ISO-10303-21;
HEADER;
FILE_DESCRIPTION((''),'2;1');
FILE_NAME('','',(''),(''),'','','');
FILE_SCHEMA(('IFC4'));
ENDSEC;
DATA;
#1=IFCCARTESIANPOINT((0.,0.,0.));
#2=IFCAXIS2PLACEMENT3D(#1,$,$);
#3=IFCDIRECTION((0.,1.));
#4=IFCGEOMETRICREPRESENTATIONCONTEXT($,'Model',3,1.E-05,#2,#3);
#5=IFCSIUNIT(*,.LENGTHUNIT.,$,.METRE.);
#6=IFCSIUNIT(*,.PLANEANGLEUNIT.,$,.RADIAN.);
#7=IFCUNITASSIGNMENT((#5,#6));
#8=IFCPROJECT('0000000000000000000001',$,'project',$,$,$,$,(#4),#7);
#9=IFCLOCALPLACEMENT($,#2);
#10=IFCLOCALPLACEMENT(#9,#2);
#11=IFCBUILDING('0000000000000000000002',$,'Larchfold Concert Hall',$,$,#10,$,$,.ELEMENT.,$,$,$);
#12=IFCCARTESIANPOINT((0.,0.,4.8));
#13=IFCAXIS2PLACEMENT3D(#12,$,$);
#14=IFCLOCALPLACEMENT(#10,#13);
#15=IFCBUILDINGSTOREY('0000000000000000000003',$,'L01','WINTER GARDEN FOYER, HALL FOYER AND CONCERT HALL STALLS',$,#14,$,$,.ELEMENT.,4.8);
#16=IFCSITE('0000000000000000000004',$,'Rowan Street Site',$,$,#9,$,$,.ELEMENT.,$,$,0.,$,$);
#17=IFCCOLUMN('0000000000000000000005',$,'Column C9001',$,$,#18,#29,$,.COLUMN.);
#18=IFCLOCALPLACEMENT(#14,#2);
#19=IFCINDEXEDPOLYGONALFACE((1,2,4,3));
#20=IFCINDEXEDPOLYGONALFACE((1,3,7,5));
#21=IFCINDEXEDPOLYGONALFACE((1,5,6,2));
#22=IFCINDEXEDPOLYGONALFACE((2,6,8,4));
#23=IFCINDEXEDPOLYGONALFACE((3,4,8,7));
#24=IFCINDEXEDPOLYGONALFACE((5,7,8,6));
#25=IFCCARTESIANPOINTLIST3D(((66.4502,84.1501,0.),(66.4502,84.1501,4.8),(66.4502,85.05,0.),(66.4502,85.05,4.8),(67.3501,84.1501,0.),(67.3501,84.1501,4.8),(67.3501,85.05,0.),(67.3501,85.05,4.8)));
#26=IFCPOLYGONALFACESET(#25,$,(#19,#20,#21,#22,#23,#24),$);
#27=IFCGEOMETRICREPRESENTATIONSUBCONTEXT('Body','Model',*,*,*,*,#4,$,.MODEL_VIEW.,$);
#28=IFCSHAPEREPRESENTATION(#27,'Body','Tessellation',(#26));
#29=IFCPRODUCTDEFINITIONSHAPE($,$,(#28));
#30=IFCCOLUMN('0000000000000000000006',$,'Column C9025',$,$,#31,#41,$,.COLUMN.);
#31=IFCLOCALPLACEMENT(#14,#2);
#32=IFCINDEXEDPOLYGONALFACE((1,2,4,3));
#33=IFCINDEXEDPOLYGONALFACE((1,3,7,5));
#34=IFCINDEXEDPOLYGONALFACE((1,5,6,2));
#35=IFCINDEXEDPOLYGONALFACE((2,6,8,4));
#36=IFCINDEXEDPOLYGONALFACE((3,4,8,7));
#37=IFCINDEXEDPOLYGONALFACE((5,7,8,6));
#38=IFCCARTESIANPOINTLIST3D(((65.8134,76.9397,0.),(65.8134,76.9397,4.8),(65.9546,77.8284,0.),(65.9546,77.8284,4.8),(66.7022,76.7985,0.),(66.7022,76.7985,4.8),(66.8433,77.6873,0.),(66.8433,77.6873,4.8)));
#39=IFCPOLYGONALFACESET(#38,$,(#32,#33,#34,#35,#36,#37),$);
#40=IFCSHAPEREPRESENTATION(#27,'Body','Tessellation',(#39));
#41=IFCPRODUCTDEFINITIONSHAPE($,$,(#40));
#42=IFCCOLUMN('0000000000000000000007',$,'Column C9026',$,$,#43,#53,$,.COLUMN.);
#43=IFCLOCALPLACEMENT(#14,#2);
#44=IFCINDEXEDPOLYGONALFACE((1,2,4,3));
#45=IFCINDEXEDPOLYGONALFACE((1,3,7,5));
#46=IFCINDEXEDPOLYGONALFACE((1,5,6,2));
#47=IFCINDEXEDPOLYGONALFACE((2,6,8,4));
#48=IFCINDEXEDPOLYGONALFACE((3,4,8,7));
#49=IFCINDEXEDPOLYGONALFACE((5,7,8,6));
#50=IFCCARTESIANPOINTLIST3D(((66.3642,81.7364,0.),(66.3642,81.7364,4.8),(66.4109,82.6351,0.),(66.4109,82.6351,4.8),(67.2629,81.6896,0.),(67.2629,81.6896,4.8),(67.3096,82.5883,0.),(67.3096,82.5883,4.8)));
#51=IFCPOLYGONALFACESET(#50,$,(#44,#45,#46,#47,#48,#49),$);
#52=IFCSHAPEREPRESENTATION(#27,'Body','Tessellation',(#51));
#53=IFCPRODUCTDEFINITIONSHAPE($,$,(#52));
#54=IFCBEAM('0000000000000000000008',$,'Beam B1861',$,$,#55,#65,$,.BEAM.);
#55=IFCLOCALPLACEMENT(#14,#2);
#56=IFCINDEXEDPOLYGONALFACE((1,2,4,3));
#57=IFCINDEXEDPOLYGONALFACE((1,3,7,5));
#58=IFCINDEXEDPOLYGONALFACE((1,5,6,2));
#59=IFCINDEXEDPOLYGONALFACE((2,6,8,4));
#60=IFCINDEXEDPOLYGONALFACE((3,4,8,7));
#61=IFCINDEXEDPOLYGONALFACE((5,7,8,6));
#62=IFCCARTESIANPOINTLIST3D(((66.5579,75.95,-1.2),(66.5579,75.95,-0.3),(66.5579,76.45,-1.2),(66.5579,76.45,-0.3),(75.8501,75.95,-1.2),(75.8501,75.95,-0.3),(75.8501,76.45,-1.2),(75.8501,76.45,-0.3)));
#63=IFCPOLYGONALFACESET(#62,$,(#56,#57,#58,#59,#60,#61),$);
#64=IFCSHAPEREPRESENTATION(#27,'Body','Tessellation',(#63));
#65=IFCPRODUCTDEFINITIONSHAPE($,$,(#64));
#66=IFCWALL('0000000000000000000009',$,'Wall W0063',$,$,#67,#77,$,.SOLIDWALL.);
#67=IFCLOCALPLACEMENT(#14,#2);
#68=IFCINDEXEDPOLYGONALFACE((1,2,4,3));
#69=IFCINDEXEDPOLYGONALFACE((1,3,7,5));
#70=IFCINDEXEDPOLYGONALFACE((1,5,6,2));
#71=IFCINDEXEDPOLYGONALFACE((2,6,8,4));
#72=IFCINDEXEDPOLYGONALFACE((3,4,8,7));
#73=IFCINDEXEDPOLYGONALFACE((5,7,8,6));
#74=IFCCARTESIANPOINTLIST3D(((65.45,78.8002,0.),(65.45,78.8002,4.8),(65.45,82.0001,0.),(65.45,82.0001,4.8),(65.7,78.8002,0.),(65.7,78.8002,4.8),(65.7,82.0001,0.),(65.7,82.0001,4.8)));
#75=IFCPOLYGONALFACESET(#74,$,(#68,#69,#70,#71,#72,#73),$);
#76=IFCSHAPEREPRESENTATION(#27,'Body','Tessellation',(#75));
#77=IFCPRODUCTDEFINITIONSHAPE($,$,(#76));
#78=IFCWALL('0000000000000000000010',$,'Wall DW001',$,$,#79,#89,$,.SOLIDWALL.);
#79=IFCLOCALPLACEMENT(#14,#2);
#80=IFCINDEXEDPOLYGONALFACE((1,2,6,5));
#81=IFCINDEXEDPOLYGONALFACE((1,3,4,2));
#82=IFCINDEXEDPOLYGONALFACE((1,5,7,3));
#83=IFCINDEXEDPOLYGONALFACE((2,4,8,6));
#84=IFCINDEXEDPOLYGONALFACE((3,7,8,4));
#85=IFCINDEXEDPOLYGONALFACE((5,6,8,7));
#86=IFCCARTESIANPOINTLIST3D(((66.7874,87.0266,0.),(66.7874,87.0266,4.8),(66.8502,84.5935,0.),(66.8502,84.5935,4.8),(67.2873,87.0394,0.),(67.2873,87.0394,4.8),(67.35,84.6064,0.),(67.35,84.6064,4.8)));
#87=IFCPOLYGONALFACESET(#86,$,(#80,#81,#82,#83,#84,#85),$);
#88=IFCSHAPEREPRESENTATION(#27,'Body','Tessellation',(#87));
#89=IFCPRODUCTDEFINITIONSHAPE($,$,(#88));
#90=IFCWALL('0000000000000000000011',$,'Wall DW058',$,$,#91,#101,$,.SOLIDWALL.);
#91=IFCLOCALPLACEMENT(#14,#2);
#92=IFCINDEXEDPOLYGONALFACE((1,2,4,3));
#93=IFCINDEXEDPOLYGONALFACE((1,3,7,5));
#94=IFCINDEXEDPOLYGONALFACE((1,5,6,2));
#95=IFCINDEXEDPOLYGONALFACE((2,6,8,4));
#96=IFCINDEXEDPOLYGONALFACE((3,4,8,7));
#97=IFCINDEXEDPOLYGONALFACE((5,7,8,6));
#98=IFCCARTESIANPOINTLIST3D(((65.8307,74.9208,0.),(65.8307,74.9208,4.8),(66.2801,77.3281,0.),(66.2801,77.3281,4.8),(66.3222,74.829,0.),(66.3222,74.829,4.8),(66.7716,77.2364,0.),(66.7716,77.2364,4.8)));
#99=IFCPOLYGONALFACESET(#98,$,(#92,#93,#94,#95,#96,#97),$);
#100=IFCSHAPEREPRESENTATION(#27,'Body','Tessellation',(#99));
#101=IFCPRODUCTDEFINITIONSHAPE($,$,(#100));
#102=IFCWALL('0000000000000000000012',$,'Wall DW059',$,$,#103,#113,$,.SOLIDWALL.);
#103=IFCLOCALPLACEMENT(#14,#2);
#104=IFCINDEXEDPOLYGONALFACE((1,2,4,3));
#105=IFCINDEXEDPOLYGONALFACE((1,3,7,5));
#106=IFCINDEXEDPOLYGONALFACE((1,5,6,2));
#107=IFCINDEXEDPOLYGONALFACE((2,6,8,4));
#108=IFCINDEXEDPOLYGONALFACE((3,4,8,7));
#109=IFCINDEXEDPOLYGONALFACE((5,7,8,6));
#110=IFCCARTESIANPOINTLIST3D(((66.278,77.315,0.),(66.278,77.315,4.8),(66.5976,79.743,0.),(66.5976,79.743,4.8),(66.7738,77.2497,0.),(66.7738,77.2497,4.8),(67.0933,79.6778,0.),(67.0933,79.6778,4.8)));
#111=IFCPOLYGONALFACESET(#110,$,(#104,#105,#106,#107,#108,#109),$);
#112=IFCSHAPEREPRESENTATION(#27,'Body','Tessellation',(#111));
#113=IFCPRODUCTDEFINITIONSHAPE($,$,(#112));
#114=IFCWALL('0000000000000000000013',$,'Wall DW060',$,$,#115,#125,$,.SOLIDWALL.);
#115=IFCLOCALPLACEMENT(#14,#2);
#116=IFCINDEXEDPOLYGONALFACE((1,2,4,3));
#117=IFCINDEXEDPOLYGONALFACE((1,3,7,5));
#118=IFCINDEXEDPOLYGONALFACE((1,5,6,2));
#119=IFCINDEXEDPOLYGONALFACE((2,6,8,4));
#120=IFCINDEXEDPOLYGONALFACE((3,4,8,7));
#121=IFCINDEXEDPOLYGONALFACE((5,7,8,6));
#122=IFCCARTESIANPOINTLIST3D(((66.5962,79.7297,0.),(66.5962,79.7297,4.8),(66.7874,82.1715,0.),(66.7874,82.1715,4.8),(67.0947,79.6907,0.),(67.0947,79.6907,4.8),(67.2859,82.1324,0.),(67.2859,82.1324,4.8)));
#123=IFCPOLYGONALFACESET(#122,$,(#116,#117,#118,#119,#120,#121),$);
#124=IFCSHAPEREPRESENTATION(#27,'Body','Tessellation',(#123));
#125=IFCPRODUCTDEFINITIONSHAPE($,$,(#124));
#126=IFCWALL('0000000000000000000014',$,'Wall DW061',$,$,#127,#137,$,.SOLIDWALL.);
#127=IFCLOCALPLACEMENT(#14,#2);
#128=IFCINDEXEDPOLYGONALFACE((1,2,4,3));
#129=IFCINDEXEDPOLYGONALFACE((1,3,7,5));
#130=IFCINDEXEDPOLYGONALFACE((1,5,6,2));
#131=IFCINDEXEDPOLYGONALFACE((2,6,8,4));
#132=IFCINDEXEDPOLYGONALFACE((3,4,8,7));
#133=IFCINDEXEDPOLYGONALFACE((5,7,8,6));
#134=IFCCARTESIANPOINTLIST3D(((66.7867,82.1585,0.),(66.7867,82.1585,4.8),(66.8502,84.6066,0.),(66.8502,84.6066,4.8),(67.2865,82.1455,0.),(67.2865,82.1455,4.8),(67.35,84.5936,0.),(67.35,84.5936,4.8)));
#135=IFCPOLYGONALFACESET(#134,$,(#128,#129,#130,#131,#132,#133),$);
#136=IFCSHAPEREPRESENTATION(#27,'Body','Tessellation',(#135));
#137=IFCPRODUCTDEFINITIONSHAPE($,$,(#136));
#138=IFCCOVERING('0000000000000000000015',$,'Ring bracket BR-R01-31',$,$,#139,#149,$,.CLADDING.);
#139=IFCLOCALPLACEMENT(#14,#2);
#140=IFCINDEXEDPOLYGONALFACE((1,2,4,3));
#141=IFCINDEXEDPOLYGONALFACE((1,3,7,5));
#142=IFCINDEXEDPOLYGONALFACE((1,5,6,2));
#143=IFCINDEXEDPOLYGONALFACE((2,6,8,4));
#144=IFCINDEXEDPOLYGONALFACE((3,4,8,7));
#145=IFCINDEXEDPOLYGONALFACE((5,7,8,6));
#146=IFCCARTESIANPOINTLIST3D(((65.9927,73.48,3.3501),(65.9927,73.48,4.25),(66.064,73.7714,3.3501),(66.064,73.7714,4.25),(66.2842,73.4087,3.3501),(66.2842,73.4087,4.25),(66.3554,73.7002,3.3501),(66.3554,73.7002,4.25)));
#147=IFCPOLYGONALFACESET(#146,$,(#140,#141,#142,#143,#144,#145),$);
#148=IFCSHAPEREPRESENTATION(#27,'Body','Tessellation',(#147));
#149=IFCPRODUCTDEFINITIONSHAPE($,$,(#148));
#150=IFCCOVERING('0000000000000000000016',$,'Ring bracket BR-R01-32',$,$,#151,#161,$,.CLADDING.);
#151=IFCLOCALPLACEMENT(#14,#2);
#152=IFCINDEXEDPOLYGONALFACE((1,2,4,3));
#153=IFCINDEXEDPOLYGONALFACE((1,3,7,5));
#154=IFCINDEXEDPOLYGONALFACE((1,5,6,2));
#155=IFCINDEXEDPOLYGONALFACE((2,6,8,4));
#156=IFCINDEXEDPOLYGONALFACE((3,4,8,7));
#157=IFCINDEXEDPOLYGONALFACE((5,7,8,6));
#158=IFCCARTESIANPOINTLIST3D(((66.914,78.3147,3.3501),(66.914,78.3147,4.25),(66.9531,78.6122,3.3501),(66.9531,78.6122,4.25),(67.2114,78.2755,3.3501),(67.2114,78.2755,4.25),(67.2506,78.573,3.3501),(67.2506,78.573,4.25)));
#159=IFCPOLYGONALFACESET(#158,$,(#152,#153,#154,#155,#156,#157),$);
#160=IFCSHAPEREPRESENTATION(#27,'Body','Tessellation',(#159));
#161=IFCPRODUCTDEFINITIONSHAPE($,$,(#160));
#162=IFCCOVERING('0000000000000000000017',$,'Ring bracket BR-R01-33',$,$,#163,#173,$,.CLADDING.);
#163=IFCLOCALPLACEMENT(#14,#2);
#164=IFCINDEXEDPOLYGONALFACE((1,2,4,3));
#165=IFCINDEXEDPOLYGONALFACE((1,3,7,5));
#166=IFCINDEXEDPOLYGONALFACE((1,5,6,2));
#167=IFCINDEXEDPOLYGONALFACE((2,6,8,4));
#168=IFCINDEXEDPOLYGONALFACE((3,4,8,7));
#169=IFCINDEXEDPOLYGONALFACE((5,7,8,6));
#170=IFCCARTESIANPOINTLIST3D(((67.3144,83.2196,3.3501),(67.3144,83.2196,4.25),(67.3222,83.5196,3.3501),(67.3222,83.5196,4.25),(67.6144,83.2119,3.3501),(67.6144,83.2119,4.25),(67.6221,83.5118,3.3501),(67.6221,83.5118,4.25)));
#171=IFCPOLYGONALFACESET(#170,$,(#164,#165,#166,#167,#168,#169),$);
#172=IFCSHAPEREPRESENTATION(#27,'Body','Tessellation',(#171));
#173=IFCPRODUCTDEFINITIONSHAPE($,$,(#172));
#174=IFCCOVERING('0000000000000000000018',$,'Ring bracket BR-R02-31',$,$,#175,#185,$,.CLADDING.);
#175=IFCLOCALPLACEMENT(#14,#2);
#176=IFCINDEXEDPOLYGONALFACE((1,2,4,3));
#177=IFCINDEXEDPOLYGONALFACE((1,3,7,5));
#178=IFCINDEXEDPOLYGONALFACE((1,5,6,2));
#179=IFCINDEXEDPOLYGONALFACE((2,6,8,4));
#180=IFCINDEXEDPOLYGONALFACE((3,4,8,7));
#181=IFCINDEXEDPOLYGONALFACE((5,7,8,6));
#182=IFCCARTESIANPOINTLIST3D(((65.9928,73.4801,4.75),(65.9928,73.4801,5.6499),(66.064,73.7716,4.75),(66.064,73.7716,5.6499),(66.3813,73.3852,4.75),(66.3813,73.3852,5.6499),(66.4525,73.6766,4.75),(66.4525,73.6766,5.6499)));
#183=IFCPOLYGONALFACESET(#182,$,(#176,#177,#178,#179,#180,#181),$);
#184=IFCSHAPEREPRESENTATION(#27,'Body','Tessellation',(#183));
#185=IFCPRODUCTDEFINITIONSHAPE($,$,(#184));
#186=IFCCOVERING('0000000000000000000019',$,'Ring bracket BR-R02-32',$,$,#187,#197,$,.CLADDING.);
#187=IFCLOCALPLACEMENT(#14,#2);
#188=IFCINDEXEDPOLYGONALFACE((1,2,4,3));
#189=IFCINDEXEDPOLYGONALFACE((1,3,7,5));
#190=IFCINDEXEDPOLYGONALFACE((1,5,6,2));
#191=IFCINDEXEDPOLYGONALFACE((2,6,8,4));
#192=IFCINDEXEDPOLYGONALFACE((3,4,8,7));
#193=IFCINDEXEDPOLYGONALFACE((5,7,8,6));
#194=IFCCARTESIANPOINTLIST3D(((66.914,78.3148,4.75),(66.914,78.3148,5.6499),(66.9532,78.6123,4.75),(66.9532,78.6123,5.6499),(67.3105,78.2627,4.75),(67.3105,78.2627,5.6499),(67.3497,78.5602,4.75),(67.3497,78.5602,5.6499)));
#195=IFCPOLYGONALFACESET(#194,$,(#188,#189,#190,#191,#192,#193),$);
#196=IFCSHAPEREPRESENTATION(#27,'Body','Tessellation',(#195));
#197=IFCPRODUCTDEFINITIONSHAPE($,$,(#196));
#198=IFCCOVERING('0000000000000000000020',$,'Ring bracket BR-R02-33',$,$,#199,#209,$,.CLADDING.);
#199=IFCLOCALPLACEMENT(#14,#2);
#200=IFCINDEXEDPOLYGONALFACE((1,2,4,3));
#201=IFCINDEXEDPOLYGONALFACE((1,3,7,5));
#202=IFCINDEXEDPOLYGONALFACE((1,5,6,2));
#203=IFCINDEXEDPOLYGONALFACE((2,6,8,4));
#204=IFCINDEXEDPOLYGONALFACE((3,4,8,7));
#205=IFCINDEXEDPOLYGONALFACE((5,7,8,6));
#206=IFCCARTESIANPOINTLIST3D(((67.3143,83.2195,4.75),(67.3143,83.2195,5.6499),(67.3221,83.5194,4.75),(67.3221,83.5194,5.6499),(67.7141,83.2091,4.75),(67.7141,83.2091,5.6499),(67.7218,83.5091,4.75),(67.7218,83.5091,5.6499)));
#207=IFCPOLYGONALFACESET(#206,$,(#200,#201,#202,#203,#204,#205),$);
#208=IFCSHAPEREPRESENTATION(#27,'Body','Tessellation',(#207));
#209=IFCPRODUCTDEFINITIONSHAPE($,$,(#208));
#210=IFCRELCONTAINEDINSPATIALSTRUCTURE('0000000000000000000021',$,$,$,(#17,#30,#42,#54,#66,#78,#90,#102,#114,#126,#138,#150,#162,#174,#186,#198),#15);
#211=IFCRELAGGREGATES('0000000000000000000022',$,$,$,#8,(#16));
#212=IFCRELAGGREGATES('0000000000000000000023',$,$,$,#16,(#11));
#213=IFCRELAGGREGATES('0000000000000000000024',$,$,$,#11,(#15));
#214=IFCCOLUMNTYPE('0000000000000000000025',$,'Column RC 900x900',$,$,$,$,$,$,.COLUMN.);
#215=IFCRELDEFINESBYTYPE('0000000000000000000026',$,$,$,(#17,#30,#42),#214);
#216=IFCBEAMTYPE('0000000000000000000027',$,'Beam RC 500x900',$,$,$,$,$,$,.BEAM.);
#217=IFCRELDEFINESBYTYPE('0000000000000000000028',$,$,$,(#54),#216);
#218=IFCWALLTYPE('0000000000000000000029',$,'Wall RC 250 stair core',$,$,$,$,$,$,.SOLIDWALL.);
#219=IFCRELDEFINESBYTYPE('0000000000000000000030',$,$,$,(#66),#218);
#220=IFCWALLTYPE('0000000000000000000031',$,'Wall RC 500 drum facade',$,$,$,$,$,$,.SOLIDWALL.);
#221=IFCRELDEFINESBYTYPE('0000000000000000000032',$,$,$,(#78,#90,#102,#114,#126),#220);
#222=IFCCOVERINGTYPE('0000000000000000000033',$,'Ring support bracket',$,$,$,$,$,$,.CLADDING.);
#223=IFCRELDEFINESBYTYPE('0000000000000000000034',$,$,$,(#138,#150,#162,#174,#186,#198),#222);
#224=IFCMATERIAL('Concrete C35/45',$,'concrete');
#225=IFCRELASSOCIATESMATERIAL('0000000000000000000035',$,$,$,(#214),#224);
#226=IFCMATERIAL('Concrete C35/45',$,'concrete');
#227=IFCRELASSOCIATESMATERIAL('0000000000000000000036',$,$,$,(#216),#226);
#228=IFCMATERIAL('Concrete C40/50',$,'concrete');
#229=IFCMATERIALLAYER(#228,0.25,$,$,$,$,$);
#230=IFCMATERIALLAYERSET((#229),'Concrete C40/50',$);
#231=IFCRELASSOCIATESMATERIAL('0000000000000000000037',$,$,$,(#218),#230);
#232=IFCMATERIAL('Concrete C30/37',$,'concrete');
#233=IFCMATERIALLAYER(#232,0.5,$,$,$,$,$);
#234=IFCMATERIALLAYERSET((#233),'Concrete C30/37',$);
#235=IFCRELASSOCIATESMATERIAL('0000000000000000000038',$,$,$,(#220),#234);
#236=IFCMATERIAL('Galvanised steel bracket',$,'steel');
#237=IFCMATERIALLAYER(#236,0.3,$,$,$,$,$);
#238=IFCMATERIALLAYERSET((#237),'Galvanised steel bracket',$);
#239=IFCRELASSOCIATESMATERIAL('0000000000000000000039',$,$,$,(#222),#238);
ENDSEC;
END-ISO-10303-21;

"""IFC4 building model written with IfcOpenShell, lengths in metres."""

from ifc_helpers import new_model, si_unit, direction, frame, frame_2d, origin, origin_2d, place, context, subcontext, project, spatial, rectangle, extrude, material, layer, layer_set, material_profile, profile_set, type_object, element, save


model = new_model("IFC4")

# Units and contexts
model_context = context("Model", 3, precision=1e-05, world=origin(), true_north=direction((0.0, 1.0)))
body_context = subcontext(model_context, "Body", "Model", "MODEL_VIEW")
ifc_project = project(units=[si_unit("LENGTHUNIT", "METRE"), si_unit("PLANEANGLEUNIT", "RADIAN")], contexts=[model_context])

# Site, building, storey
site_placement = place(None, origin())
site = spatial("IfcSite", under=ifc_project, at=site_placement, Name="Rowan Street Site", CompositionType="ELEMENT", RefElevation=0.0)
building_placement = place(site_placement, origin())
building = spatial("IfcBuilding", under=site, at=building_placement, Name="Larchfold Concert Hall", CompositionType="ELEMENT")
storey_placement = place(building_placement, frame((0.0, 0.0, 4.8)))
storey = spatial("IfcBuildingStorey", under=building, at=storey_placement, Name="L01", Description="WINTER GARDEN FOYER, HALL FOYER AND CONCERT HALL STALLS", CompositionType="ELEMENT", Elevation=4.8)

# Columns
ifc_material_1 = material(Name="Concrete C35/45", Category="concrete")
ifc_material_profile_1 = material_profile(ifc_material_1, rectangle(XDim=0.8999, YDim=0.8999, at=origin_2d()))
ifc_profile_set_1 = profile_set([ifc_material_profile_1], Name="Concrete C35/45")
column_type = type_object("IfcColumnType", Name="Column RC 900x900", PredefinedType="COLUMN", material=ifc_profile_set_1)
for number, where, z_axis, x_axis, name in (
    (1, (66.9001, 84.6001, 0.0), (0.0, 0.0, 1.0), (1.0, 0.000002, 0.0), "Column C9001"),
    (2, (66.3284, 77.3135, 0.0), (0.0, 0.0, 1.0), (0.156847, 0.987623, 0.0), "Column C9025"),
    (3, (66.8369, 82.1624, 0.0), (0.0, 0.0, 1.0), (0.05195, 0.99865, 0.0), "Column C9026"),
):
    element("IfcColumn", number, at=place(storey_placement, frame(where, z_axis=z_axis, x_axis=x_axis)), inside=storey, type_object=column_type, Name=name, PredefinedType="COLUMN", context=body_context, shape_type="SweptSolid", body=[
        extrude(rectangle(XDim=0.8999, YDim=0.8999, at=origin_2d()), origin(), (0.0, 0.0, 1.0), 4.8),
    ])

# Beam
ifc_material_2 = material(Name="Concrete C35/45", Category="concrete")
ifc_material_profile_2 = material_profile(ifc_material_2, rectangle(XDim=0.5, YDim=0.8999, at=origin_2d()))
ifc_profile_set_2 = profile_set([ifc_material_profile_2], Name="Concrete C35/45")
beam_type = type_object("IfcBeamType", Name="Beam RC 500x900", PredefinedType="BEAM", material=ifc_profile_set_2)
beam_placement = place(storey_placement, frame((66.5579, 76.2, -0.75), z_axis=(1.0, 0.0, 0.0), x_axis=(0.0, 1.0, 0.0)))
element("IfcBeam", 4, at=beam_placement, inside=storey, type_object=beam_type, Name="Beam B1861", PredefinedType="BEAM", context=body_context, shape_type="SweptSolid", body=[
    extrude(rectangle(XDim=0.5, YDim=0.8999, at=origin_2d()), origin(), (0.0, 0.0, 1.0), 9.2922),
])

# Walls
ifc_material_3 = material(Name="Concrete C40/50", Category="concrete")
ifc_layer_1 = layer(ifc_material_3, 0.25)
ifc_layer_set_1 = layer_set([ifc_layer_1], Name="Concrete C40/50")
wall_type_1 = type_object("IfcWallType", Name="Wall RC 250 stair core", PredefinedType="SOLIDWALL", material=ifc_layer_set_1)
wall_1_placement = place(storey_placement, frame((65.575, 78.8, 0.0), z_axis=(0.0, 0.0, 1.0), x_axis=(0.0, 1.0, 0.0)))
element("IfcWall", 5, at=wall_1_placement, inside=storey, type_object=wall_type_1, Name="Wall W0063", PredefinedType="SOLIDWALL", context=body_context, shape_type="SweptSolid", body=[
    extrude(rectangle(XDim=3.2, YDim=0.25, at=frame_2d((1.6001, 0.0))), origin(), (0.0, 0.0, 1.0), 4.8),
])
ifc_material_4 = material(Name="Concrete C30/37", Category="concrete")
ifc_layer_2 = layer(ifc_material_4, 0.5)
ifc_layer_set_2 = layer_set([ifc_layer_2], Name="Concrete C30/37")
wall_type_2 = type_object("IfcWallType", Name="Wall RC 500 drum facade", PredefinedType="SOLIDWALL", material=ifc_layer_set_2)
wall_2_placement = place(storey_placement, frame((67.1001, 84.6001, 0.0), z_axis=(0.0, 0.0, 1.0), x_axis=(-0.025779, 0.999668, 0.0)))
element("IfcWall", 6, at=wall_2_placement, inside=storey, type_object=wall_type_2, Name="Wall DW001", PredefinedType="SOLIDWALL", context=body_context, shape_type="SweptSolid", body=[
    extrude(rectangle(XDim=2.4338, YDim=0.5, at=frame_2d((1.2168, 0.0))), origin(), (0.0, 0.0, 1.0), 4.8),
])
for number, where, z_axis, x_axis, name in (
    (7, (66.0764, 74.8748, 0.0), (0.0, 0.0, 1.0), (0.183524, 0.983015, 0.0), "Wall DW058"),
    (8, (66.5259, 77.2822, 0.0), (0.0, 0.0, 1.0), (0.130498, 0.991449, 0.0), "Wall DW059"),
):
    element("IfcWall", number, at=place(storey_placement, frame(where, z_axis=z_axis, x_axis=x_axis)), inside=storey, type_object=wall_type_2, Name=name, PredefinedType="SOLIDWALL", context=body_context, shape_type="SweptSolid", body=[
        extrude(rectangle(XDim=2.449, YDim=0.5, at=frame_2d((1.2246, 0.0))), origin(), (0.0, 0.0, 1.0), 4.8),
    ])
wall_3_placement = place(storey_placement, frame((66.8455, 79.7102, 0.0), z_axis=(0.0, 0.0, 1.0), x_axis=(0.078053, 0.996949, 0.0)))
element("IfcWall", 9, at=wall_3_placement, inside=storey, type_object=wall_type_2, Name="Wall DW060", PredefinedType="SOLIDWALL", context=body_context, shape_type="SweptSolid", body=[
    extrude(rectangle(XDim=2.4492, YDim=0.5, at=frame_2d((1.2246, 0.0))), origin(), (0.0, 0.0, 1.0), 4.8),
])
wall_4_placement = place(storey_placement, frame((67.0366, 82.1519, 0.0), z_axis=(0.0, 0.0, 1.0), x_axis=(0.025919, 0.999664, 0.0)))
element("IfcWall", 10, at=wall_4_placement, inside=storey, type_object=wall_type_2, Name="Wall DW061", PredefinedType="SOLIDWALL", context=body_context, shape_type="SweptSolid", body=[
    extrude(rectangle(XDim=2.449, YDim=0.5, at=frame_2d((1.2246, 0.0))), origin(), (0.0, 0.0, 1.0), 4.8),
])

# Coverings
ifc_material_5 = material(Name="Galvanised steel bracket", Category="steel")
ifc_layer_3 = layer(ifc_material_5, 0.3)
ifc_layer_set_3 = layer_set([ifc_layer_3], Name="Galvanised steel bracket")
covering_type = type_object("IfcCoveringType", Name="Ring support bracket", PredefinedType="CLADDING", material=ifc_layer_set_3)
for number, where, z_axis, x_axis, name in (
    (11, (66.1741, 73.5901, 3.3501), (0.0, 0.0, 1.0), (0.971412, -0.237401, 0.0), "Ring bracket BR-R01-31"),
    (12, (67.0823, 78.4438, 3.3501), (0.0, 0.0, 1.0), (0.99145, -0.130488, 0.0), "Ring bracket BR-R01-32"),
    (13, (67.4683, 83.3657, 3.3501), (0.0, 0.0, 1.0), (0.999665, -0.025882, 0.0), "Ring bracket BR-R01-33"),
):
    element("IfcCovering", number, at=place(storey_placement, frame(where, z_axis=z_axis, x_axis=x_axis)), inside=storey, type_object=covering_type, Name=name, PredefinedType="CLADDING", context=body_context, shape_type="SweptSolid", body=[
        extrude(rectangle(XDim=0.3, YDim=0.3, at=origin_2d()), origin(), (0.0, 0.0, 1.0), 0.8999),
    ])
for number, where, z_axis, x_axis, name in (
    (14, (66.2227, 73.5784, 4.75), (0.0, 0.0, 1.0), (0.971412, -0.237401, 0.0), "Ring bracket BR-R02-31"),
    (15, (67.1318, 78.4375, 4.75), (0.0, 0.0, 1.0), (0.99145, -0.130488, 0.0), "Ring bracket BR-R02-32"),
    (16, (67.5181, 83.3643, 4.75), (0.0, 0.0, 1.0), (0.999665, -0.025882, 0.0), "Ring bracket BR-R02-33"),
):
    element("IfcCovering", number, at=place(storey_placement, frame(where, z_axis=z_axis, x_axis=x_axis)), inside=storey, type_object=covering_type, Name=name, PredefinedType="CLADDING", context=body_context, shape_type="SweptSolid", body=[
        extrude(rectangle(XDim=0.3999, YDim=0.3, at=origin_2d()), origin(), (0.0, 0.0, 1.0), 0.8999),
    ])

save(model, "model.ifc")
